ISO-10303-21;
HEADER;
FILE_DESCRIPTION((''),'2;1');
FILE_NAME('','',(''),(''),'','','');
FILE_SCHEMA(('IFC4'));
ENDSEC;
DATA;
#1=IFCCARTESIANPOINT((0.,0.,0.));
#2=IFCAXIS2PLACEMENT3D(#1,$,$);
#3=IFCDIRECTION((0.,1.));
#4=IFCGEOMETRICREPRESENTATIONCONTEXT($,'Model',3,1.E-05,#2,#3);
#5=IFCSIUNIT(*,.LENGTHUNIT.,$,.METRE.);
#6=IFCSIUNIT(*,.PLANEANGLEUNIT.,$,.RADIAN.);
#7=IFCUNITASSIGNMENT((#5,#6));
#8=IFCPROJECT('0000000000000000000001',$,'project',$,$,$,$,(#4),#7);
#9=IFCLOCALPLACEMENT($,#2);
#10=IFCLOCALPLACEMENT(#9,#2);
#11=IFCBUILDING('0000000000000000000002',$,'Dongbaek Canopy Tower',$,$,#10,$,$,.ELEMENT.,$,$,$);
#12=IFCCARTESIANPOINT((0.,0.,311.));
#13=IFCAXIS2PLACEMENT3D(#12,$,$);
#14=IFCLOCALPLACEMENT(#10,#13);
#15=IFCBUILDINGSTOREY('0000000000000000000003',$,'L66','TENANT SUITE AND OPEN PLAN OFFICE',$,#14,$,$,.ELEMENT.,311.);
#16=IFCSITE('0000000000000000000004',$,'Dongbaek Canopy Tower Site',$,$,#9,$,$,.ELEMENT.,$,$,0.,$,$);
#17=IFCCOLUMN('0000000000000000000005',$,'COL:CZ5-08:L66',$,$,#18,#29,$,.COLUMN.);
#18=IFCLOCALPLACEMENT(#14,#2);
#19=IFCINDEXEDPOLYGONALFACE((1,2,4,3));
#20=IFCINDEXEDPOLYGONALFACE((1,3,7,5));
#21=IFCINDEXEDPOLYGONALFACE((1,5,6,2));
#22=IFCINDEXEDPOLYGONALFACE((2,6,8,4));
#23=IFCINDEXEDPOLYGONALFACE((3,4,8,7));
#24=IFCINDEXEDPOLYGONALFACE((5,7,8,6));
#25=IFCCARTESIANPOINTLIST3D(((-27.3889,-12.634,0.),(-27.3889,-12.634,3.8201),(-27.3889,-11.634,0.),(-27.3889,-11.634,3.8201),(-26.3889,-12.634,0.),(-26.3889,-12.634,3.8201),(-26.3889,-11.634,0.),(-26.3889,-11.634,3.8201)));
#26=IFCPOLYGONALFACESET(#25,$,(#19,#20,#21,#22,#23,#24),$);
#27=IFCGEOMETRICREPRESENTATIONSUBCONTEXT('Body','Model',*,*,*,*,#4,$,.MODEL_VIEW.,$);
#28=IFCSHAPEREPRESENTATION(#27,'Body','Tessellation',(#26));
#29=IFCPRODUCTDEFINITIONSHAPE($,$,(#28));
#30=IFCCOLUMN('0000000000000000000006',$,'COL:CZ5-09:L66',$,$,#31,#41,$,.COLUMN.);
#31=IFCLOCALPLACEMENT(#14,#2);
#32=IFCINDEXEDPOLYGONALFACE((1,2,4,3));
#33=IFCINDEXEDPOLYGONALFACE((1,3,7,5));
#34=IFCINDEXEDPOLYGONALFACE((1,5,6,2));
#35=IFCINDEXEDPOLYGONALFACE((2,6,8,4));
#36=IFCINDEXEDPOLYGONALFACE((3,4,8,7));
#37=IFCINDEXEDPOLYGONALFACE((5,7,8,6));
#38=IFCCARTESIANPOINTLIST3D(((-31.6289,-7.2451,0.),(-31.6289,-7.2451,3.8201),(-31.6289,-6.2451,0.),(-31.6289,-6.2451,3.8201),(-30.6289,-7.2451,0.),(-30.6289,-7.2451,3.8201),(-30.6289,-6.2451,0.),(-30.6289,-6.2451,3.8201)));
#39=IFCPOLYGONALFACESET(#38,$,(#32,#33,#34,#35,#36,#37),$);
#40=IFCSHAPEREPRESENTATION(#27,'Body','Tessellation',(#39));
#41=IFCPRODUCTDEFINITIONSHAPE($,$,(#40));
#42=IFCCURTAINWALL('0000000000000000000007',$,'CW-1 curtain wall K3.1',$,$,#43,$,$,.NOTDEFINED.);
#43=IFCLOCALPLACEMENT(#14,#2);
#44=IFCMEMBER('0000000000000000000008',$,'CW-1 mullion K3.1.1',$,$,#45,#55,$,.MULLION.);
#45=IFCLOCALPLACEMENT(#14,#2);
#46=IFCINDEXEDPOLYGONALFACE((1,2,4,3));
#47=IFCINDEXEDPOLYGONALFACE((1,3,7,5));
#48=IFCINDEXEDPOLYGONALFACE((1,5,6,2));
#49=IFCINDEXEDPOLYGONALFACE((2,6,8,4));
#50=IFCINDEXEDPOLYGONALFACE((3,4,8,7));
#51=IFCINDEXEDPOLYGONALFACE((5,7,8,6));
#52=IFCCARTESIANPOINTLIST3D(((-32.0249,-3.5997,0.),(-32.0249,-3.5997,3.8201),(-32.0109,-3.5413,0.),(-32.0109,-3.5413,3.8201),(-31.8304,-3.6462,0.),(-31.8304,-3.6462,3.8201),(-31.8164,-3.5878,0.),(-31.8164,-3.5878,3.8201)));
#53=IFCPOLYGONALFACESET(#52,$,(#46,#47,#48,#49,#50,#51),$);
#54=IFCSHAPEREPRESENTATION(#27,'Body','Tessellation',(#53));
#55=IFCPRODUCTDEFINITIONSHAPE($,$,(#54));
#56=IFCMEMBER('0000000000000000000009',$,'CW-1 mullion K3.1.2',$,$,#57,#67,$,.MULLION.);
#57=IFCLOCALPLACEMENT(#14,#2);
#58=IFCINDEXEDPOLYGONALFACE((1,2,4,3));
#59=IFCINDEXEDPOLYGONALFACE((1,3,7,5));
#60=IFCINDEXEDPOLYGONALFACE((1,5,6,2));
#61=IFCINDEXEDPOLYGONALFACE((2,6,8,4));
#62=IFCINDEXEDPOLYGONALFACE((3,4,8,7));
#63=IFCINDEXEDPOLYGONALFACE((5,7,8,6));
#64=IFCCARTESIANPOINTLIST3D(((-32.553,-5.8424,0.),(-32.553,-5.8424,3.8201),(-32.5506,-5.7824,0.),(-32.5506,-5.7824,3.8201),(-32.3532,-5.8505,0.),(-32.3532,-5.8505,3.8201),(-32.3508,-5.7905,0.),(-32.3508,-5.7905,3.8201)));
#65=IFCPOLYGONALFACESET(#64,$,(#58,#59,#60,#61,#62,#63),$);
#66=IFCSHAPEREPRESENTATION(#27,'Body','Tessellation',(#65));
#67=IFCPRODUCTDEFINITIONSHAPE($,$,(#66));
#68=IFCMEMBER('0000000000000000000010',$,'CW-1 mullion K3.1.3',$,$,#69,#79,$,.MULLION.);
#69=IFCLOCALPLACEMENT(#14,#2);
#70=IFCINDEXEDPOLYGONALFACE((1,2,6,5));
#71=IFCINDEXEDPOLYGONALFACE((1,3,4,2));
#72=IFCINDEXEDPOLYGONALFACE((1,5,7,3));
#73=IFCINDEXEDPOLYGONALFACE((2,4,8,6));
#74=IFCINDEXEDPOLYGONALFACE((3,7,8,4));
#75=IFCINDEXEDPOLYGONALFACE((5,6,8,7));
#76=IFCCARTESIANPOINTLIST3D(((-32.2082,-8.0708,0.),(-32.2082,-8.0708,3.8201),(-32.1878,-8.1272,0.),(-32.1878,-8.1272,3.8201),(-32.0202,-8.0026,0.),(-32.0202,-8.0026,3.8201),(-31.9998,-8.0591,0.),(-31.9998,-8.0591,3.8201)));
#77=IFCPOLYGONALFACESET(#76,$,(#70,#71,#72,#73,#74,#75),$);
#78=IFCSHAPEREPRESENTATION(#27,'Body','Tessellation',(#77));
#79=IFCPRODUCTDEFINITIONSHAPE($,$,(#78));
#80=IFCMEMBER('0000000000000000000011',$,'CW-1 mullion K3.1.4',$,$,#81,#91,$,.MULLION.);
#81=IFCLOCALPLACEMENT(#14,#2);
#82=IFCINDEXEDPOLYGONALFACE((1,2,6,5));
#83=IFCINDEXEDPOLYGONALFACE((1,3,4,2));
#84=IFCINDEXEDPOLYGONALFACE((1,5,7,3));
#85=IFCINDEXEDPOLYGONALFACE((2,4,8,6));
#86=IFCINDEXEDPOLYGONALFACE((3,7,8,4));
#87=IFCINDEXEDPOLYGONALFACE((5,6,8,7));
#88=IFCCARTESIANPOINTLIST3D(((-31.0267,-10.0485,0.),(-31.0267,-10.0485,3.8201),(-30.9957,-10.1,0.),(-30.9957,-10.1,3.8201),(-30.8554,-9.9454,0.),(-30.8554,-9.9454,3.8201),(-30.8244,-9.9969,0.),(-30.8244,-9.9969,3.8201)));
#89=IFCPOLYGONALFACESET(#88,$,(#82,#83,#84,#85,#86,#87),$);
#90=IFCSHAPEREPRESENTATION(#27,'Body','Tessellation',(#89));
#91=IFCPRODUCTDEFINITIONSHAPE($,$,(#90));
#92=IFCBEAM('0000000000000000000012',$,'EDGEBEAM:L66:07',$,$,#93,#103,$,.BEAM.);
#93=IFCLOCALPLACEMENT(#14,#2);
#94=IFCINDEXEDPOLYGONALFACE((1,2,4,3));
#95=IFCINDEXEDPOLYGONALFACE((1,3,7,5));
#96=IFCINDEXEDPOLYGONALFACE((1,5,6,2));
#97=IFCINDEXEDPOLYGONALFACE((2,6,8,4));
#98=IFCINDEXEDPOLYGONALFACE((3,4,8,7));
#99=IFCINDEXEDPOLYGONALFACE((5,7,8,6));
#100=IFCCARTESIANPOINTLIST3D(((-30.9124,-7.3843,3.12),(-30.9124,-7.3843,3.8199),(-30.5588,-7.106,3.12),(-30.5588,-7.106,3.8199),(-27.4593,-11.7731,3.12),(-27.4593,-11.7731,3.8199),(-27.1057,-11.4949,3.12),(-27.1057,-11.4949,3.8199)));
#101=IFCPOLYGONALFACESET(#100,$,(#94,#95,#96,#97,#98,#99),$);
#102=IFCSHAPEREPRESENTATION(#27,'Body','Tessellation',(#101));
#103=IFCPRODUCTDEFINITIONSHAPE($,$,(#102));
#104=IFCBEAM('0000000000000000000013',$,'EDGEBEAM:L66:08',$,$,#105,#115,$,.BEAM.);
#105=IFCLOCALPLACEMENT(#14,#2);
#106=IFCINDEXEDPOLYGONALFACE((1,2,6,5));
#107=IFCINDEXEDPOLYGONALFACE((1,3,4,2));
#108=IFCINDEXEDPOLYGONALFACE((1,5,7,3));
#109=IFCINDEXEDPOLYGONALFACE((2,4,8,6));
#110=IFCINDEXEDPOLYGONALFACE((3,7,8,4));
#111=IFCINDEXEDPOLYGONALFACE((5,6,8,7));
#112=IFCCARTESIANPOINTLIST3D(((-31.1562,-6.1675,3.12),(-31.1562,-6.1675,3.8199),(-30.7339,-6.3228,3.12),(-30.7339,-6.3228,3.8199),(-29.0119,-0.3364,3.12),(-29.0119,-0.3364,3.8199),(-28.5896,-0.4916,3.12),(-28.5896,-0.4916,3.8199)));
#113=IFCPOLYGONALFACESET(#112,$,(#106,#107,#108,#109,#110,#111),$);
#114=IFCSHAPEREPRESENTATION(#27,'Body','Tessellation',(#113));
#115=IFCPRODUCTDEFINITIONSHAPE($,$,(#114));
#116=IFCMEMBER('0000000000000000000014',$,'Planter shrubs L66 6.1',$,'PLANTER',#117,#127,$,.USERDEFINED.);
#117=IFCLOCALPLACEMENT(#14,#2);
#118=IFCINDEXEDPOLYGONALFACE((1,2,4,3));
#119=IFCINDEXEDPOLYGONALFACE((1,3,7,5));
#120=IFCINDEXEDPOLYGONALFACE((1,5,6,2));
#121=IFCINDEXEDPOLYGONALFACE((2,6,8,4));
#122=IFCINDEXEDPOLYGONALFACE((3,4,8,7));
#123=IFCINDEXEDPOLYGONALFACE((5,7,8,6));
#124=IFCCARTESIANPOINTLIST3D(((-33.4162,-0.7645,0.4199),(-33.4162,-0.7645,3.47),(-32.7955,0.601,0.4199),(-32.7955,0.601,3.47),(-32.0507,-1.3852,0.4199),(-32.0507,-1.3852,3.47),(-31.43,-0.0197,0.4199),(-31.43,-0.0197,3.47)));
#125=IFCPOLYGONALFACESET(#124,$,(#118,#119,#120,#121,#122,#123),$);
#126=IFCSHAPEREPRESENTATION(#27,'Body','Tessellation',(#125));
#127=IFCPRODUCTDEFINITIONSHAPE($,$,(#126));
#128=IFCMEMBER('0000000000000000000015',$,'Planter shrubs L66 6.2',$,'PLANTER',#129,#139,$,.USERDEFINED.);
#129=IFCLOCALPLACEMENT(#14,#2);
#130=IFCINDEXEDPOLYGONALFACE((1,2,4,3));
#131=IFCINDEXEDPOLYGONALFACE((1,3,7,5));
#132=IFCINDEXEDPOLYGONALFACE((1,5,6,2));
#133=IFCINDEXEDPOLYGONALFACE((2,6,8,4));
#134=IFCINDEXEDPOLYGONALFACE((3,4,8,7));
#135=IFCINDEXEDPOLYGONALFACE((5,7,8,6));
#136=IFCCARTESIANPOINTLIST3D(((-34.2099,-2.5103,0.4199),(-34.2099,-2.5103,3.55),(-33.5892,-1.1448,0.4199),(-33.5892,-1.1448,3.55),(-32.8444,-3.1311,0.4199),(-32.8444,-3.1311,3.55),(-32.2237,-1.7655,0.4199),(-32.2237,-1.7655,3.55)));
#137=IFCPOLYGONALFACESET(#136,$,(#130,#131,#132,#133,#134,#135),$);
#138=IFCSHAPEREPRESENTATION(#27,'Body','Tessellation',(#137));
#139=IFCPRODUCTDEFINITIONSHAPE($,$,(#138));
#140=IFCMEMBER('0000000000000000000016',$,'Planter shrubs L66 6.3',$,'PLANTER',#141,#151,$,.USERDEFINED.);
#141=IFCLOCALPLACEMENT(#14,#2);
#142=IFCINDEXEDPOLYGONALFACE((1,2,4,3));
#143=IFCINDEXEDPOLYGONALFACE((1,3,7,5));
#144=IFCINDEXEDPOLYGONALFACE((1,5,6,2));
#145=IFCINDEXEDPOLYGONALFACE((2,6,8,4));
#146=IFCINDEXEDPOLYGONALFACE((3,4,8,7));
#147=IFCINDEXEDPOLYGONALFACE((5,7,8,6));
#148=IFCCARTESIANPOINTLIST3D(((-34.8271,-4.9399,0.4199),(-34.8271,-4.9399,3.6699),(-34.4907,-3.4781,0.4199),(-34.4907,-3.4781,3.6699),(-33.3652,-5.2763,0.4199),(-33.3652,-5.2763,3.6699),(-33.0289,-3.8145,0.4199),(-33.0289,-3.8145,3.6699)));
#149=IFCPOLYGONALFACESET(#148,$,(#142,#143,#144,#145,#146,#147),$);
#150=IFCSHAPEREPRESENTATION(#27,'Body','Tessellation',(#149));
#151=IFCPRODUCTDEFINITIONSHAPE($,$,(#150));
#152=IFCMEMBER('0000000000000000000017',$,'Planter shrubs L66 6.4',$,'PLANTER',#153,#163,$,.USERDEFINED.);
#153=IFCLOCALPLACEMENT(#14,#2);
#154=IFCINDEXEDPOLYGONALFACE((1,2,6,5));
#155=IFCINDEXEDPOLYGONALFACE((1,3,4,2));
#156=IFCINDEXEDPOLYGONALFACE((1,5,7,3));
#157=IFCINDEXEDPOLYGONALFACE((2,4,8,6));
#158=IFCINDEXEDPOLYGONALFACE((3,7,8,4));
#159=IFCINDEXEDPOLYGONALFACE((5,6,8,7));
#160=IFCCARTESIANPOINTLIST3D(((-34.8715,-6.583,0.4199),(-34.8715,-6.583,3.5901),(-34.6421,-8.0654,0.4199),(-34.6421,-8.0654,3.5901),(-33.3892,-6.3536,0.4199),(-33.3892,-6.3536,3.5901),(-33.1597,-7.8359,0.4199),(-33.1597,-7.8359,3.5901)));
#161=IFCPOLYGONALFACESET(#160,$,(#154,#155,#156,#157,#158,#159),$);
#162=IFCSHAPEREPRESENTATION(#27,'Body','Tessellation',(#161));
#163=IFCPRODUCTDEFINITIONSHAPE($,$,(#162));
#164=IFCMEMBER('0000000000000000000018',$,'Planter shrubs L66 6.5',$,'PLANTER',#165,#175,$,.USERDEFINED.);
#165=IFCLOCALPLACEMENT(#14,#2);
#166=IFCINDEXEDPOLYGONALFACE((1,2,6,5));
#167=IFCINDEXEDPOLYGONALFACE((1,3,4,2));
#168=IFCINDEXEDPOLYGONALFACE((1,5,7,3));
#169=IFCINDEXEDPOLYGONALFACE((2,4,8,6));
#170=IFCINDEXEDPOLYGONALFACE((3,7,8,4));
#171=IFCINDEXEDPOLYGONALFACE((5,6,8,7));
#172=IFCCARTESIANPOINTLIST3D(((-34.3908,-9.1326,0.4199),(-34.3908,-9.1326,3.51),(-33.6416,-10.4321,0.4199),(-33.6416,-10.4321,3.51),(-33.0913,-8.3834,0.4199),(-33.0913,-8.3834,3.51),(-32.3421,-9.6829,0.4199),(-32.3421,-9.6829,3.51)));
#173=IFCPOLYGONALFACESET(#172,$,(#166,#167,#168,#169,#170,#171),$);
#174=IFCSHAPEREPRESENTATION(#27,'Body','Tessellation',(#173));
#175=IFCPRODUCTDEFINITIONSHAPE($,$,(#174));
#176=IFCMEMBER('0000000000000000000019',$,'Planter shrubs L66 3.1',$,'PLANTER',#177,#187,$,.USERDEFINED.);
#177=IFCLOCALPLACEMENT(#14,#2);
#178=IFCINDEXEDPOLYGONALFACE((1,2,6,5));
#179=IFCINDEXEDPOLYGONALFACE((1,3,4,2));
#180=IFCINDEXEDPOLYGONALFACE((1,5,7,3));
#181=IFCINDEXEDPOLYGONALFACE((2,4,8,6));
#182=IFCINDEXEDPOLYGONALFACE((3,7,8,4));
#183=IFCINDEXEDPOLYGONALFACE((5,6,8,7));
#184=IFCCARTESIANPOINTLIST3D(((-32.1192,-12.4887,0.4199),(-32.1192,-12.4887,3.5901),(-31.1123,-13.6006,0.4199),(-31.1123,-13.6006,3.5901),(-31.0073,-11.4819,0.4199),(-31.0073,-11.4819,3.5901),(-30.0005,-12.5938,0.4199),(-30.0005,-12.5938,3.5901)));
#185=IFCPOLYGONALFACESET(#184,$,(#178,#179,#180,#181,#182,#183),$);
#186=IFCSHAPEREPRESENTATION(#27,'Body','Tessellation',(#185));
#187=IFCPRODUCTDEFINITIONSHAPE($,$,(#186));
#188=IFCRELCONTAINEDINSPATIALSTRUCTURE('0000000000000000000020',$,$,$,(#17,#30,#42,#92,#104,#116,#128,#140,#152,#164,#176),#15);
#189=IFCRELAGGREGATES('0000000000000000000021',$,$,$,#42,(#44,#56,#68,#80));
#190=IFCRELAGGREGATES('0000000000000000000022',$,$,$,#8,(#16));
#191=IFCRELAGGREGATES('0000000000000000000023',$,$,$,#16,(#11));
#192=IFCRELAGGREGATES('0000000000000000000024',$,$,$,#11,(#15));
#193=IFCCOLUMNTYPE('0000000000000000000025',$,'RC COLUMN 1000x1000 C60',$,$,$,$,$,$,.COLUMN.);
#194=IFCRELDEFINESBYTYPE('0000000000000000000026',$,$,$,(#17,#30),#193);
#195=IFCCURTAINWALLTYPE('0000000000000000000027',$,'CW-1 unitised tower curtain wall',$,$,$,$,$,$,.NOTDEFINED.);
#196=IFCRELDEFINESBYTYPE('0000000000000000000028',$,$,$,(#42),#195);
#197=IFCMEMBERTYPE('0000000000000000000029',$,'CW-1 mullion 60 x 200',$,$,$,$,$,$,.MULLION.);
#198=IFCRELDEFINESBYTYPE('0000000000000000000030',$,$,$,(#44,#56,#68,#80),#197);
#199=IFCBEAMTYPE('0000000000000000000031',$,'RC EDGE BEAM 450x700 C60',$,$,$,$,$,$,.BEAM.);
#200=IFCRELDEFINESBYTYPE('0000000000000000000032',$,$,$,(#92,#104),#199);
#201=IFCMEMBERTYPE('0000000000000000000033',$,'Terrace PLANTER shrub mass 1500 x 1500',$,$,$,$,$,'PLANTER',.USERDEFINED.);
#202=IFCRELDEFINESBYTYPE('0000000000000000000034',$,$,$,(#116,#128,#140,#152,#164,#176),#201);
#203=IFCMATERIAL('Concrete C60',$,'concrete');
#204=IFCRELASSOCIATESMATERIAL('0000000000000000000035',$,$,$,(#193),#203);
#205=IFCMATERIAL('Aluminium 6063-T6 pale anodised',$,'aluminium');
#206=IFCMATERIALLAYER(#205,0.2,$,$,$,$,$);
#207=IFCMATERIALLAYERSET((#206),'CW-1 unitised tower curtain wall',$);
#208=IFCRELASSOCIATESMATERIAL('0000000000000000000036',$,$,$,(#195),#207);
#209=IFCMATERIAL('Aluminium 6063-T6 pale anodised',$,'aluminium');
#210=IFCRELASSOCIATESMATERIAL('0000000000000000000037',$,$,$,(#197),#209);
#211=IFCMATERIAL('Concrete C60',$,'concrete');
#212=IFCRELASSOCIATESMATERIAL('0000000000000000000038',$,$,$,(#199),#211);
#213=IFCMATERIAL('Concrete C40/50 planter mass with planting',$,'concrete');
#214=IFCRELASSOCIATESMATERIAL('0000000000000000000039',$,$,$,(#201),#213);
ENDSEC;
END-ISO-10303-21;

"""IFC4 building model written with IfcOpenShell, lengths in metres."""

from ifc_helpers import new_model, si_unit, direction, frame, origin, origin_2d, place, context, subcontext, project, spatial, rectangle, extrude, material, layer, layer_set, material_profile, profile_set, type_object, element, aggregate, save


model = new_model("IFC4")

# Units and contexts
model_context = context("Model", 3, precision=1e-05, world=origin(), true_north=direction((0.0, 1.0)))
body_context = subcontext(model_context, "Body", "Model", "MODEL_VIEW")
ifc_project = project(units=[si_unit("LENGTHUNIT", "METRE"), si_unit("PLANEANGLEUNIT", "RADIAN")], contexts=[model_context])

# Site, building, storey
site_placement = place(None, origin())
site = spatial("IfcSite", under=ifc_project, at=site_placement, Name="Dongbaek Canopy Tower Site", CompositionType="ELEMENT", RefElevation=0.0)
building_placement = place(site_placement, origin())
building = spatial("IfcBuilding", under=site, at=building_placement, Name="Dongbaek Canopy Tower", CompositionType="ELEMENT")
storey_placement = place(building_placement, frame((0.0, 0.0, 311.0)))
storey = spatial("IfcBuildingStorey", under=building, at=storey_placement, Name="L66", Description="TENANT SUITE AND OPEN PLAN OFFICE", CompositionType="ELEMENT", Elevation=311.0)

# Columns
ifc_material_1 = material(Name="Concrete C60", Category="concrete")
ifc_material_profile_1 = material_profile(ifc_material_1, rectangle(XDim=1.0, YDim=1.0, at=origin_2d()), Name="RC COLUMN 1000x1000 C60")
ifc_profile_set_1 = profile_set([ifc_material_profile_1], Name="Concrete C60")
column_type = type_object("IfcColumnType", Name="RC COLUMN 1000x1000 C60", PredefinedType="COLUMN", material=ifc_profile_set_1)
for number, where, z_axis, x_axis, name in (
    (1, (-26.8889, -12.134, 0.0), (0.0, 0.0, 1.0), (1.0, 0.0, 0.0), "COL:CZ5-08:L66"),
    (2, (-31.1289, -6.7451, 0.0), (0.0, 0.0, 1.0), (1.0, 0.0, 0.0), "COL:CZ5-09:L66"),
):
    element("IfcColumn", number, at=place(storey_placement, frame(where, z_axis=z_axis, x_axis=x_axis)), inside=storey, type_object=column_type, Name=name, PredefinedType="COLUMN", context=body_context, shape_type="SweptSolid", body=[
        extrude(rectangle(XDim=1.0, YDim=1.0, at=origin_2d()), origin(), (0.0, 0.0, 1.0), 3.8201),
    ])

# Curtain wall, members
ifc_material_2 = material(Name="Aluminium 6063-T6 pale anodised", Category="aluminium")
ifc_layer_1 = layer(ifc_material_2, 0.2)
ifc_layer_set_1 = layer_set([ifc_layer_1], Name="CW-1 unitised tower curtain wall")
curtain_wall_type = type_object("IfcCurtainWallType", Name="CW-1 unitised tower curtain wall", PredefinedType="NOTDEFINED", material=ifc_layer_set_1)
curtain_wall_placement = place(storey_placement, origin())
curtain_wall = element("IfcCurtainWall", 3, at=curtain_wall_placement, inside=storey, type_object=curtain_wall_type, Name="CW-1 curtain wall K3.1", PredefinedType="NOTDEFINED")
ifc_material_3 = material(Name="Aluminium 6063-T6 pale anodised", Category="aluminium")
ifc_material_profile_2 = material_profile(ifc_material_3, rectangle(XDim=0.2, YDim=0.0601, at=origin_2d()), Name="CW-1 mullion 60 x 200")
ifc_profile_set_2 = profile_set([ifc_material_profile_2], Name="Aluminium 6063-T6 pale anodised")
member_type_1 = type_object("IfcMemberType", Name="CW-1 mullion 60 x 200", PredefinedType="MULLION", material=ifc_profile_set_2)
member_1_placement = place(storey_placement, frame((-31.9207, -3.5938, 0.0), z_axis=(0.0, 0.0, 1.0), x_axis=(-0.972601, 0.232482, 0.0)))
member_1 = element("IfcMember", 4, at=member_1_placement, type_object=member_type_1, Name="CW-1 mullion K3.1.1", PredefinedType="MULLION", context=body_context, shape_type="SweptSolid", body=[
    extrude(rectangle(XDim=0.2, YDim=0.0601, at=origin_2d()), origin(), (0.0, 0.0, 1.0), 3.8201),
])
member_2_placement = place(storey_placement, frame((-32.4519, -5.8164, 0.0), z_axis=(0.0, 0.0, 1.0), x_axis=(-0.999179, 0.04052, 0.0)))
member_2 = element("IfcMember", 5, at=member_2_placement, type_object=member_type_1, Name="CW-1 mullion K3.1.2", PredefinedType="MULLION", context=body_context, shape_type="SweptSolid", body=[
    extrude(rectangle(XDim=0.2, YDim=0.0601, at=origin_2d()), origin(), (0.0, 0.0, 1.0), 3.8201),
])
member_3_placement = place(storey_placement, frame((-32.104, -8.0649, 0.0), z_axis=(0.0, 0.0, 1.0), x_axis=(-0.940171, -0.340703, 0.0)))
member_3 = element("IfcMember", 6, at=member_3_placement, type_object=member_type_1, Name="CW-1 mullion K3.1.3", PredefinedType="MULLION", context=body_context, shape_type="SweptSolid", body=[
    extrude(rectangle(XDim=0.2, YDim=0.0601, at=origin_2d()), origin(), (0.0, 0.0, 1.0), 3.8201),
])
member_4_placement = place(storey_placement, frame((-30.9255, -10.0227, 0.0), z_axis=(0.0, 0.0, 1.0), x_axis=(-0.856802, -0.515646, 0.0)))
member_4 = element("IfcMember", 7, at=member_4_placement, type_object=member_type_1, Name="CW-1 mullion K3.1.4", PredefinedType="MULLION", context=body_context, shape_type="SweptSolid", body=[
    extrude(rectangle(XDim=0.2, YDim=0.0601, at=origin_2d()), origin(), (0.0, 0.0, 1.0), 3.8201),
])

# Beams
ifc_material_4 = material(Name="Concrete C60", Category="concrete")
ifc_material_profile_3 = material_profile(ifc_material_4, rectangle(XDim=0.45, YDim=0.7, at=origin_2d()), Name="RC EDGE BEAM 450x700 C60")
ifc_profile_set_3 = profile_set([ifc_material_profile_3], Name="Concrete C60")
beam_type = type_object("IfcBeamType", Name="RC EDGE BEAM 450x700 C60", PredefinedType="BEAM", material=ifc_profile_set_3)
beam_1_placement = place(storey_placement, frame((-27.2825, -11.634, 3.47), z_axis=(-0.618341, 0.78591, 0.0), x_axis=(-0.78591, -0.618341, 0.0)))
element("IfcBeam", 8, at=beam_1_placement, inside=storey, type_object=beam_type, Name="EDGEBEAM:L66:07", PredefinedType="BEAM", context=body_context, shape_type="SweptSolid", body=[
    extrude(rectangle(XDim=0.45, YDim=0.7, at=origin_2d()), origin(), (0.0, 0.0, 1.0), 5.5845),
])
beam_2_placement = place(storey_placement, frame((-30.9451, -6.2451, 3.47), z_axis=(0.345139, 0.938552, 0.0), x_axis=(-0.938552, 0.345139, 0.0)))
element("IfcBeam", 9, at=beam_2_placement, inside=storey, type_object=beam_type, Name="EDGEBEAM:L66:08", PredefinedType="BEAM", context=body_context, shape_type="SweptSolid", body=[
    extrude(rectangle(XDim=0.45, YDim=0.7, at=origin_2d()), origin(), (0.0, 0.0, 1.0), 6.2129),
])

# Members
ifc_material_5 = material(Name="Concrete C40/50 planter mass with planting", Category="concrete")
ifc_material_profile_4 = material_profile(ifc_material_5, rectangle(XDim=1.5, YDim=1.5, at=origin_2d()), Name="Terrace PLANTER shrub mass 1500 x 1500")
ifc_profile_set_4 = profile_set([ifc_material_profile_4], Name="Concrete C40/50 planter mass with planting")
member_type_2 = type_object("IfcMemberType", Name="Terrace PLANTER shrub mass 1500 x 1500", ElementType="PLANTER", PredefinedType="USERDEFINED", material=ifc_profile_set_4)
member_5_placement = place(storey_placement, frame((-32.4231, -0.3921, 0.4199), z_axis=(0.0, 0.0, 1.0), x_axis=(-0.910356, 0.413826, 0.0)))
element("IfcMember", 10, at=member_5_placement, inside=storey, type_object=member_type_2, Name="Planter shrubs L66 6.1", ObjectType="PLANTER", PredefinedType="USERDEFINED", context=body_context, shape_type="SweptSolid", body=[
    extrude(rectangle(XDim=1.5, YDim=1.5, at=origin_2d()), origin(), (0.0, 0.0, 1.0), 3.05),
])
member_6_placement = place(storey_placement, frame((-33.2168, -2.1379, 0.4199), z_axis=(0.0, 0.0, 1.0), x_axis=(-0.910356, 0.413826, 0.0)))
element("IfcMember", 11, at=member_6_placement, inside=storey, type_object=member_type_2, Name="Planter shrubs L66 6.2", ObjectType="PLANTER", PredefinedType="USERDEFINED", context=body_context, shape_type="SweptSolid", body=[
    extrude(rectangle(XDim=1.5, YDim=1.5, at=origin_2d()), origin(), (0.0, 0.0, 1.0), 3.1301),
])
member_7_placement = place(storey_placement, frame((-33.928, -4.3772, 0.4199), z_axis=(0.0, 0.0, 1.0), x_axis=(-0.974537, 0.224226, 0.0)))
element("IfcMember", 12, at=member_7_placement, inside=storey, type_object=member_type_2, Name="Planter shrubs L66 6.3", ObjectType="PLANTER", PredefinedType="USERDEFINED", context=body_context, shape_type="SweptSolid", body=[
    extrude(rectangle(XDim=1.5, YDim=1.5, at=origin_2d()), origin(), (0.0, 0.0, 1.0), 3.25),
])
member_8_placement = place(storey_placement, frame((-34.0156, -7.2095, 0.4199), z_axis=(0.0, 0.0, 1.0), x_axis=(-0.988232, -0.152964, 0.0)))
element("IfcMember", 13, at=member_8_placement, inside=storey, type_object=member_type_2, Name="Planter shrubs L66 6.4", ObjectType="PLANTER", PredefinedType="USERDEFINED", context=body_context, shape_type="SweptSolid", body=[
    extrude(rectangle(XDim=1.5, YDim=1.5, at=origin_2d()), origin(), (0.0, 0.0, 1.0), 3.1702),
])
member_9_placement = place(storey_placement, frame((-33.3665, -9.4077, 0.4199), z_axis=(0.0, 0.0, 1.0), x_axis=(-0.866329, -0.499475, 0.0)))
element("IfcMember", 14, at=member_9_placement, inside=storey, type_object=member_type_2, Name="Planter shrubs L66 6.5", ObjectType="PLANTER", PredefinedType="USERDEFINED", context=body_context, shape_type="SweptSolid", body=[
    extrude(rectangle(XDim=1.5, YDim=1.5, at=origin_2d()), origin(), (0.0, 0.0, 1.0), 3.0901),
])
member_10_placement = place(storey_placement, frame((-31.0598, -12.5413, 0.4199), z_axis=(0.0, 0.0, 1.0), x_axis=(-0.741254, -0.671225, 0.0)))
element("IfcMember", 15, at=member_10_placement, inside=storey, type_object=member_type_2, Name="Planter shrubs L66 3.1", ObjectType="PLANTER", PredefinedType="USERDEFINED", context=body_context, shape_type="SweptSolid", body=[
    extrude(rectangle(XDim=1.5, YDim=1.5, at=origin_2d()), origin(), (0.0, 0.0, 1.0), 3.1702),
])

aggregate(curtain_wall, [member_1, member_2, member_3, member_4])

save(model, "model.ifc")
